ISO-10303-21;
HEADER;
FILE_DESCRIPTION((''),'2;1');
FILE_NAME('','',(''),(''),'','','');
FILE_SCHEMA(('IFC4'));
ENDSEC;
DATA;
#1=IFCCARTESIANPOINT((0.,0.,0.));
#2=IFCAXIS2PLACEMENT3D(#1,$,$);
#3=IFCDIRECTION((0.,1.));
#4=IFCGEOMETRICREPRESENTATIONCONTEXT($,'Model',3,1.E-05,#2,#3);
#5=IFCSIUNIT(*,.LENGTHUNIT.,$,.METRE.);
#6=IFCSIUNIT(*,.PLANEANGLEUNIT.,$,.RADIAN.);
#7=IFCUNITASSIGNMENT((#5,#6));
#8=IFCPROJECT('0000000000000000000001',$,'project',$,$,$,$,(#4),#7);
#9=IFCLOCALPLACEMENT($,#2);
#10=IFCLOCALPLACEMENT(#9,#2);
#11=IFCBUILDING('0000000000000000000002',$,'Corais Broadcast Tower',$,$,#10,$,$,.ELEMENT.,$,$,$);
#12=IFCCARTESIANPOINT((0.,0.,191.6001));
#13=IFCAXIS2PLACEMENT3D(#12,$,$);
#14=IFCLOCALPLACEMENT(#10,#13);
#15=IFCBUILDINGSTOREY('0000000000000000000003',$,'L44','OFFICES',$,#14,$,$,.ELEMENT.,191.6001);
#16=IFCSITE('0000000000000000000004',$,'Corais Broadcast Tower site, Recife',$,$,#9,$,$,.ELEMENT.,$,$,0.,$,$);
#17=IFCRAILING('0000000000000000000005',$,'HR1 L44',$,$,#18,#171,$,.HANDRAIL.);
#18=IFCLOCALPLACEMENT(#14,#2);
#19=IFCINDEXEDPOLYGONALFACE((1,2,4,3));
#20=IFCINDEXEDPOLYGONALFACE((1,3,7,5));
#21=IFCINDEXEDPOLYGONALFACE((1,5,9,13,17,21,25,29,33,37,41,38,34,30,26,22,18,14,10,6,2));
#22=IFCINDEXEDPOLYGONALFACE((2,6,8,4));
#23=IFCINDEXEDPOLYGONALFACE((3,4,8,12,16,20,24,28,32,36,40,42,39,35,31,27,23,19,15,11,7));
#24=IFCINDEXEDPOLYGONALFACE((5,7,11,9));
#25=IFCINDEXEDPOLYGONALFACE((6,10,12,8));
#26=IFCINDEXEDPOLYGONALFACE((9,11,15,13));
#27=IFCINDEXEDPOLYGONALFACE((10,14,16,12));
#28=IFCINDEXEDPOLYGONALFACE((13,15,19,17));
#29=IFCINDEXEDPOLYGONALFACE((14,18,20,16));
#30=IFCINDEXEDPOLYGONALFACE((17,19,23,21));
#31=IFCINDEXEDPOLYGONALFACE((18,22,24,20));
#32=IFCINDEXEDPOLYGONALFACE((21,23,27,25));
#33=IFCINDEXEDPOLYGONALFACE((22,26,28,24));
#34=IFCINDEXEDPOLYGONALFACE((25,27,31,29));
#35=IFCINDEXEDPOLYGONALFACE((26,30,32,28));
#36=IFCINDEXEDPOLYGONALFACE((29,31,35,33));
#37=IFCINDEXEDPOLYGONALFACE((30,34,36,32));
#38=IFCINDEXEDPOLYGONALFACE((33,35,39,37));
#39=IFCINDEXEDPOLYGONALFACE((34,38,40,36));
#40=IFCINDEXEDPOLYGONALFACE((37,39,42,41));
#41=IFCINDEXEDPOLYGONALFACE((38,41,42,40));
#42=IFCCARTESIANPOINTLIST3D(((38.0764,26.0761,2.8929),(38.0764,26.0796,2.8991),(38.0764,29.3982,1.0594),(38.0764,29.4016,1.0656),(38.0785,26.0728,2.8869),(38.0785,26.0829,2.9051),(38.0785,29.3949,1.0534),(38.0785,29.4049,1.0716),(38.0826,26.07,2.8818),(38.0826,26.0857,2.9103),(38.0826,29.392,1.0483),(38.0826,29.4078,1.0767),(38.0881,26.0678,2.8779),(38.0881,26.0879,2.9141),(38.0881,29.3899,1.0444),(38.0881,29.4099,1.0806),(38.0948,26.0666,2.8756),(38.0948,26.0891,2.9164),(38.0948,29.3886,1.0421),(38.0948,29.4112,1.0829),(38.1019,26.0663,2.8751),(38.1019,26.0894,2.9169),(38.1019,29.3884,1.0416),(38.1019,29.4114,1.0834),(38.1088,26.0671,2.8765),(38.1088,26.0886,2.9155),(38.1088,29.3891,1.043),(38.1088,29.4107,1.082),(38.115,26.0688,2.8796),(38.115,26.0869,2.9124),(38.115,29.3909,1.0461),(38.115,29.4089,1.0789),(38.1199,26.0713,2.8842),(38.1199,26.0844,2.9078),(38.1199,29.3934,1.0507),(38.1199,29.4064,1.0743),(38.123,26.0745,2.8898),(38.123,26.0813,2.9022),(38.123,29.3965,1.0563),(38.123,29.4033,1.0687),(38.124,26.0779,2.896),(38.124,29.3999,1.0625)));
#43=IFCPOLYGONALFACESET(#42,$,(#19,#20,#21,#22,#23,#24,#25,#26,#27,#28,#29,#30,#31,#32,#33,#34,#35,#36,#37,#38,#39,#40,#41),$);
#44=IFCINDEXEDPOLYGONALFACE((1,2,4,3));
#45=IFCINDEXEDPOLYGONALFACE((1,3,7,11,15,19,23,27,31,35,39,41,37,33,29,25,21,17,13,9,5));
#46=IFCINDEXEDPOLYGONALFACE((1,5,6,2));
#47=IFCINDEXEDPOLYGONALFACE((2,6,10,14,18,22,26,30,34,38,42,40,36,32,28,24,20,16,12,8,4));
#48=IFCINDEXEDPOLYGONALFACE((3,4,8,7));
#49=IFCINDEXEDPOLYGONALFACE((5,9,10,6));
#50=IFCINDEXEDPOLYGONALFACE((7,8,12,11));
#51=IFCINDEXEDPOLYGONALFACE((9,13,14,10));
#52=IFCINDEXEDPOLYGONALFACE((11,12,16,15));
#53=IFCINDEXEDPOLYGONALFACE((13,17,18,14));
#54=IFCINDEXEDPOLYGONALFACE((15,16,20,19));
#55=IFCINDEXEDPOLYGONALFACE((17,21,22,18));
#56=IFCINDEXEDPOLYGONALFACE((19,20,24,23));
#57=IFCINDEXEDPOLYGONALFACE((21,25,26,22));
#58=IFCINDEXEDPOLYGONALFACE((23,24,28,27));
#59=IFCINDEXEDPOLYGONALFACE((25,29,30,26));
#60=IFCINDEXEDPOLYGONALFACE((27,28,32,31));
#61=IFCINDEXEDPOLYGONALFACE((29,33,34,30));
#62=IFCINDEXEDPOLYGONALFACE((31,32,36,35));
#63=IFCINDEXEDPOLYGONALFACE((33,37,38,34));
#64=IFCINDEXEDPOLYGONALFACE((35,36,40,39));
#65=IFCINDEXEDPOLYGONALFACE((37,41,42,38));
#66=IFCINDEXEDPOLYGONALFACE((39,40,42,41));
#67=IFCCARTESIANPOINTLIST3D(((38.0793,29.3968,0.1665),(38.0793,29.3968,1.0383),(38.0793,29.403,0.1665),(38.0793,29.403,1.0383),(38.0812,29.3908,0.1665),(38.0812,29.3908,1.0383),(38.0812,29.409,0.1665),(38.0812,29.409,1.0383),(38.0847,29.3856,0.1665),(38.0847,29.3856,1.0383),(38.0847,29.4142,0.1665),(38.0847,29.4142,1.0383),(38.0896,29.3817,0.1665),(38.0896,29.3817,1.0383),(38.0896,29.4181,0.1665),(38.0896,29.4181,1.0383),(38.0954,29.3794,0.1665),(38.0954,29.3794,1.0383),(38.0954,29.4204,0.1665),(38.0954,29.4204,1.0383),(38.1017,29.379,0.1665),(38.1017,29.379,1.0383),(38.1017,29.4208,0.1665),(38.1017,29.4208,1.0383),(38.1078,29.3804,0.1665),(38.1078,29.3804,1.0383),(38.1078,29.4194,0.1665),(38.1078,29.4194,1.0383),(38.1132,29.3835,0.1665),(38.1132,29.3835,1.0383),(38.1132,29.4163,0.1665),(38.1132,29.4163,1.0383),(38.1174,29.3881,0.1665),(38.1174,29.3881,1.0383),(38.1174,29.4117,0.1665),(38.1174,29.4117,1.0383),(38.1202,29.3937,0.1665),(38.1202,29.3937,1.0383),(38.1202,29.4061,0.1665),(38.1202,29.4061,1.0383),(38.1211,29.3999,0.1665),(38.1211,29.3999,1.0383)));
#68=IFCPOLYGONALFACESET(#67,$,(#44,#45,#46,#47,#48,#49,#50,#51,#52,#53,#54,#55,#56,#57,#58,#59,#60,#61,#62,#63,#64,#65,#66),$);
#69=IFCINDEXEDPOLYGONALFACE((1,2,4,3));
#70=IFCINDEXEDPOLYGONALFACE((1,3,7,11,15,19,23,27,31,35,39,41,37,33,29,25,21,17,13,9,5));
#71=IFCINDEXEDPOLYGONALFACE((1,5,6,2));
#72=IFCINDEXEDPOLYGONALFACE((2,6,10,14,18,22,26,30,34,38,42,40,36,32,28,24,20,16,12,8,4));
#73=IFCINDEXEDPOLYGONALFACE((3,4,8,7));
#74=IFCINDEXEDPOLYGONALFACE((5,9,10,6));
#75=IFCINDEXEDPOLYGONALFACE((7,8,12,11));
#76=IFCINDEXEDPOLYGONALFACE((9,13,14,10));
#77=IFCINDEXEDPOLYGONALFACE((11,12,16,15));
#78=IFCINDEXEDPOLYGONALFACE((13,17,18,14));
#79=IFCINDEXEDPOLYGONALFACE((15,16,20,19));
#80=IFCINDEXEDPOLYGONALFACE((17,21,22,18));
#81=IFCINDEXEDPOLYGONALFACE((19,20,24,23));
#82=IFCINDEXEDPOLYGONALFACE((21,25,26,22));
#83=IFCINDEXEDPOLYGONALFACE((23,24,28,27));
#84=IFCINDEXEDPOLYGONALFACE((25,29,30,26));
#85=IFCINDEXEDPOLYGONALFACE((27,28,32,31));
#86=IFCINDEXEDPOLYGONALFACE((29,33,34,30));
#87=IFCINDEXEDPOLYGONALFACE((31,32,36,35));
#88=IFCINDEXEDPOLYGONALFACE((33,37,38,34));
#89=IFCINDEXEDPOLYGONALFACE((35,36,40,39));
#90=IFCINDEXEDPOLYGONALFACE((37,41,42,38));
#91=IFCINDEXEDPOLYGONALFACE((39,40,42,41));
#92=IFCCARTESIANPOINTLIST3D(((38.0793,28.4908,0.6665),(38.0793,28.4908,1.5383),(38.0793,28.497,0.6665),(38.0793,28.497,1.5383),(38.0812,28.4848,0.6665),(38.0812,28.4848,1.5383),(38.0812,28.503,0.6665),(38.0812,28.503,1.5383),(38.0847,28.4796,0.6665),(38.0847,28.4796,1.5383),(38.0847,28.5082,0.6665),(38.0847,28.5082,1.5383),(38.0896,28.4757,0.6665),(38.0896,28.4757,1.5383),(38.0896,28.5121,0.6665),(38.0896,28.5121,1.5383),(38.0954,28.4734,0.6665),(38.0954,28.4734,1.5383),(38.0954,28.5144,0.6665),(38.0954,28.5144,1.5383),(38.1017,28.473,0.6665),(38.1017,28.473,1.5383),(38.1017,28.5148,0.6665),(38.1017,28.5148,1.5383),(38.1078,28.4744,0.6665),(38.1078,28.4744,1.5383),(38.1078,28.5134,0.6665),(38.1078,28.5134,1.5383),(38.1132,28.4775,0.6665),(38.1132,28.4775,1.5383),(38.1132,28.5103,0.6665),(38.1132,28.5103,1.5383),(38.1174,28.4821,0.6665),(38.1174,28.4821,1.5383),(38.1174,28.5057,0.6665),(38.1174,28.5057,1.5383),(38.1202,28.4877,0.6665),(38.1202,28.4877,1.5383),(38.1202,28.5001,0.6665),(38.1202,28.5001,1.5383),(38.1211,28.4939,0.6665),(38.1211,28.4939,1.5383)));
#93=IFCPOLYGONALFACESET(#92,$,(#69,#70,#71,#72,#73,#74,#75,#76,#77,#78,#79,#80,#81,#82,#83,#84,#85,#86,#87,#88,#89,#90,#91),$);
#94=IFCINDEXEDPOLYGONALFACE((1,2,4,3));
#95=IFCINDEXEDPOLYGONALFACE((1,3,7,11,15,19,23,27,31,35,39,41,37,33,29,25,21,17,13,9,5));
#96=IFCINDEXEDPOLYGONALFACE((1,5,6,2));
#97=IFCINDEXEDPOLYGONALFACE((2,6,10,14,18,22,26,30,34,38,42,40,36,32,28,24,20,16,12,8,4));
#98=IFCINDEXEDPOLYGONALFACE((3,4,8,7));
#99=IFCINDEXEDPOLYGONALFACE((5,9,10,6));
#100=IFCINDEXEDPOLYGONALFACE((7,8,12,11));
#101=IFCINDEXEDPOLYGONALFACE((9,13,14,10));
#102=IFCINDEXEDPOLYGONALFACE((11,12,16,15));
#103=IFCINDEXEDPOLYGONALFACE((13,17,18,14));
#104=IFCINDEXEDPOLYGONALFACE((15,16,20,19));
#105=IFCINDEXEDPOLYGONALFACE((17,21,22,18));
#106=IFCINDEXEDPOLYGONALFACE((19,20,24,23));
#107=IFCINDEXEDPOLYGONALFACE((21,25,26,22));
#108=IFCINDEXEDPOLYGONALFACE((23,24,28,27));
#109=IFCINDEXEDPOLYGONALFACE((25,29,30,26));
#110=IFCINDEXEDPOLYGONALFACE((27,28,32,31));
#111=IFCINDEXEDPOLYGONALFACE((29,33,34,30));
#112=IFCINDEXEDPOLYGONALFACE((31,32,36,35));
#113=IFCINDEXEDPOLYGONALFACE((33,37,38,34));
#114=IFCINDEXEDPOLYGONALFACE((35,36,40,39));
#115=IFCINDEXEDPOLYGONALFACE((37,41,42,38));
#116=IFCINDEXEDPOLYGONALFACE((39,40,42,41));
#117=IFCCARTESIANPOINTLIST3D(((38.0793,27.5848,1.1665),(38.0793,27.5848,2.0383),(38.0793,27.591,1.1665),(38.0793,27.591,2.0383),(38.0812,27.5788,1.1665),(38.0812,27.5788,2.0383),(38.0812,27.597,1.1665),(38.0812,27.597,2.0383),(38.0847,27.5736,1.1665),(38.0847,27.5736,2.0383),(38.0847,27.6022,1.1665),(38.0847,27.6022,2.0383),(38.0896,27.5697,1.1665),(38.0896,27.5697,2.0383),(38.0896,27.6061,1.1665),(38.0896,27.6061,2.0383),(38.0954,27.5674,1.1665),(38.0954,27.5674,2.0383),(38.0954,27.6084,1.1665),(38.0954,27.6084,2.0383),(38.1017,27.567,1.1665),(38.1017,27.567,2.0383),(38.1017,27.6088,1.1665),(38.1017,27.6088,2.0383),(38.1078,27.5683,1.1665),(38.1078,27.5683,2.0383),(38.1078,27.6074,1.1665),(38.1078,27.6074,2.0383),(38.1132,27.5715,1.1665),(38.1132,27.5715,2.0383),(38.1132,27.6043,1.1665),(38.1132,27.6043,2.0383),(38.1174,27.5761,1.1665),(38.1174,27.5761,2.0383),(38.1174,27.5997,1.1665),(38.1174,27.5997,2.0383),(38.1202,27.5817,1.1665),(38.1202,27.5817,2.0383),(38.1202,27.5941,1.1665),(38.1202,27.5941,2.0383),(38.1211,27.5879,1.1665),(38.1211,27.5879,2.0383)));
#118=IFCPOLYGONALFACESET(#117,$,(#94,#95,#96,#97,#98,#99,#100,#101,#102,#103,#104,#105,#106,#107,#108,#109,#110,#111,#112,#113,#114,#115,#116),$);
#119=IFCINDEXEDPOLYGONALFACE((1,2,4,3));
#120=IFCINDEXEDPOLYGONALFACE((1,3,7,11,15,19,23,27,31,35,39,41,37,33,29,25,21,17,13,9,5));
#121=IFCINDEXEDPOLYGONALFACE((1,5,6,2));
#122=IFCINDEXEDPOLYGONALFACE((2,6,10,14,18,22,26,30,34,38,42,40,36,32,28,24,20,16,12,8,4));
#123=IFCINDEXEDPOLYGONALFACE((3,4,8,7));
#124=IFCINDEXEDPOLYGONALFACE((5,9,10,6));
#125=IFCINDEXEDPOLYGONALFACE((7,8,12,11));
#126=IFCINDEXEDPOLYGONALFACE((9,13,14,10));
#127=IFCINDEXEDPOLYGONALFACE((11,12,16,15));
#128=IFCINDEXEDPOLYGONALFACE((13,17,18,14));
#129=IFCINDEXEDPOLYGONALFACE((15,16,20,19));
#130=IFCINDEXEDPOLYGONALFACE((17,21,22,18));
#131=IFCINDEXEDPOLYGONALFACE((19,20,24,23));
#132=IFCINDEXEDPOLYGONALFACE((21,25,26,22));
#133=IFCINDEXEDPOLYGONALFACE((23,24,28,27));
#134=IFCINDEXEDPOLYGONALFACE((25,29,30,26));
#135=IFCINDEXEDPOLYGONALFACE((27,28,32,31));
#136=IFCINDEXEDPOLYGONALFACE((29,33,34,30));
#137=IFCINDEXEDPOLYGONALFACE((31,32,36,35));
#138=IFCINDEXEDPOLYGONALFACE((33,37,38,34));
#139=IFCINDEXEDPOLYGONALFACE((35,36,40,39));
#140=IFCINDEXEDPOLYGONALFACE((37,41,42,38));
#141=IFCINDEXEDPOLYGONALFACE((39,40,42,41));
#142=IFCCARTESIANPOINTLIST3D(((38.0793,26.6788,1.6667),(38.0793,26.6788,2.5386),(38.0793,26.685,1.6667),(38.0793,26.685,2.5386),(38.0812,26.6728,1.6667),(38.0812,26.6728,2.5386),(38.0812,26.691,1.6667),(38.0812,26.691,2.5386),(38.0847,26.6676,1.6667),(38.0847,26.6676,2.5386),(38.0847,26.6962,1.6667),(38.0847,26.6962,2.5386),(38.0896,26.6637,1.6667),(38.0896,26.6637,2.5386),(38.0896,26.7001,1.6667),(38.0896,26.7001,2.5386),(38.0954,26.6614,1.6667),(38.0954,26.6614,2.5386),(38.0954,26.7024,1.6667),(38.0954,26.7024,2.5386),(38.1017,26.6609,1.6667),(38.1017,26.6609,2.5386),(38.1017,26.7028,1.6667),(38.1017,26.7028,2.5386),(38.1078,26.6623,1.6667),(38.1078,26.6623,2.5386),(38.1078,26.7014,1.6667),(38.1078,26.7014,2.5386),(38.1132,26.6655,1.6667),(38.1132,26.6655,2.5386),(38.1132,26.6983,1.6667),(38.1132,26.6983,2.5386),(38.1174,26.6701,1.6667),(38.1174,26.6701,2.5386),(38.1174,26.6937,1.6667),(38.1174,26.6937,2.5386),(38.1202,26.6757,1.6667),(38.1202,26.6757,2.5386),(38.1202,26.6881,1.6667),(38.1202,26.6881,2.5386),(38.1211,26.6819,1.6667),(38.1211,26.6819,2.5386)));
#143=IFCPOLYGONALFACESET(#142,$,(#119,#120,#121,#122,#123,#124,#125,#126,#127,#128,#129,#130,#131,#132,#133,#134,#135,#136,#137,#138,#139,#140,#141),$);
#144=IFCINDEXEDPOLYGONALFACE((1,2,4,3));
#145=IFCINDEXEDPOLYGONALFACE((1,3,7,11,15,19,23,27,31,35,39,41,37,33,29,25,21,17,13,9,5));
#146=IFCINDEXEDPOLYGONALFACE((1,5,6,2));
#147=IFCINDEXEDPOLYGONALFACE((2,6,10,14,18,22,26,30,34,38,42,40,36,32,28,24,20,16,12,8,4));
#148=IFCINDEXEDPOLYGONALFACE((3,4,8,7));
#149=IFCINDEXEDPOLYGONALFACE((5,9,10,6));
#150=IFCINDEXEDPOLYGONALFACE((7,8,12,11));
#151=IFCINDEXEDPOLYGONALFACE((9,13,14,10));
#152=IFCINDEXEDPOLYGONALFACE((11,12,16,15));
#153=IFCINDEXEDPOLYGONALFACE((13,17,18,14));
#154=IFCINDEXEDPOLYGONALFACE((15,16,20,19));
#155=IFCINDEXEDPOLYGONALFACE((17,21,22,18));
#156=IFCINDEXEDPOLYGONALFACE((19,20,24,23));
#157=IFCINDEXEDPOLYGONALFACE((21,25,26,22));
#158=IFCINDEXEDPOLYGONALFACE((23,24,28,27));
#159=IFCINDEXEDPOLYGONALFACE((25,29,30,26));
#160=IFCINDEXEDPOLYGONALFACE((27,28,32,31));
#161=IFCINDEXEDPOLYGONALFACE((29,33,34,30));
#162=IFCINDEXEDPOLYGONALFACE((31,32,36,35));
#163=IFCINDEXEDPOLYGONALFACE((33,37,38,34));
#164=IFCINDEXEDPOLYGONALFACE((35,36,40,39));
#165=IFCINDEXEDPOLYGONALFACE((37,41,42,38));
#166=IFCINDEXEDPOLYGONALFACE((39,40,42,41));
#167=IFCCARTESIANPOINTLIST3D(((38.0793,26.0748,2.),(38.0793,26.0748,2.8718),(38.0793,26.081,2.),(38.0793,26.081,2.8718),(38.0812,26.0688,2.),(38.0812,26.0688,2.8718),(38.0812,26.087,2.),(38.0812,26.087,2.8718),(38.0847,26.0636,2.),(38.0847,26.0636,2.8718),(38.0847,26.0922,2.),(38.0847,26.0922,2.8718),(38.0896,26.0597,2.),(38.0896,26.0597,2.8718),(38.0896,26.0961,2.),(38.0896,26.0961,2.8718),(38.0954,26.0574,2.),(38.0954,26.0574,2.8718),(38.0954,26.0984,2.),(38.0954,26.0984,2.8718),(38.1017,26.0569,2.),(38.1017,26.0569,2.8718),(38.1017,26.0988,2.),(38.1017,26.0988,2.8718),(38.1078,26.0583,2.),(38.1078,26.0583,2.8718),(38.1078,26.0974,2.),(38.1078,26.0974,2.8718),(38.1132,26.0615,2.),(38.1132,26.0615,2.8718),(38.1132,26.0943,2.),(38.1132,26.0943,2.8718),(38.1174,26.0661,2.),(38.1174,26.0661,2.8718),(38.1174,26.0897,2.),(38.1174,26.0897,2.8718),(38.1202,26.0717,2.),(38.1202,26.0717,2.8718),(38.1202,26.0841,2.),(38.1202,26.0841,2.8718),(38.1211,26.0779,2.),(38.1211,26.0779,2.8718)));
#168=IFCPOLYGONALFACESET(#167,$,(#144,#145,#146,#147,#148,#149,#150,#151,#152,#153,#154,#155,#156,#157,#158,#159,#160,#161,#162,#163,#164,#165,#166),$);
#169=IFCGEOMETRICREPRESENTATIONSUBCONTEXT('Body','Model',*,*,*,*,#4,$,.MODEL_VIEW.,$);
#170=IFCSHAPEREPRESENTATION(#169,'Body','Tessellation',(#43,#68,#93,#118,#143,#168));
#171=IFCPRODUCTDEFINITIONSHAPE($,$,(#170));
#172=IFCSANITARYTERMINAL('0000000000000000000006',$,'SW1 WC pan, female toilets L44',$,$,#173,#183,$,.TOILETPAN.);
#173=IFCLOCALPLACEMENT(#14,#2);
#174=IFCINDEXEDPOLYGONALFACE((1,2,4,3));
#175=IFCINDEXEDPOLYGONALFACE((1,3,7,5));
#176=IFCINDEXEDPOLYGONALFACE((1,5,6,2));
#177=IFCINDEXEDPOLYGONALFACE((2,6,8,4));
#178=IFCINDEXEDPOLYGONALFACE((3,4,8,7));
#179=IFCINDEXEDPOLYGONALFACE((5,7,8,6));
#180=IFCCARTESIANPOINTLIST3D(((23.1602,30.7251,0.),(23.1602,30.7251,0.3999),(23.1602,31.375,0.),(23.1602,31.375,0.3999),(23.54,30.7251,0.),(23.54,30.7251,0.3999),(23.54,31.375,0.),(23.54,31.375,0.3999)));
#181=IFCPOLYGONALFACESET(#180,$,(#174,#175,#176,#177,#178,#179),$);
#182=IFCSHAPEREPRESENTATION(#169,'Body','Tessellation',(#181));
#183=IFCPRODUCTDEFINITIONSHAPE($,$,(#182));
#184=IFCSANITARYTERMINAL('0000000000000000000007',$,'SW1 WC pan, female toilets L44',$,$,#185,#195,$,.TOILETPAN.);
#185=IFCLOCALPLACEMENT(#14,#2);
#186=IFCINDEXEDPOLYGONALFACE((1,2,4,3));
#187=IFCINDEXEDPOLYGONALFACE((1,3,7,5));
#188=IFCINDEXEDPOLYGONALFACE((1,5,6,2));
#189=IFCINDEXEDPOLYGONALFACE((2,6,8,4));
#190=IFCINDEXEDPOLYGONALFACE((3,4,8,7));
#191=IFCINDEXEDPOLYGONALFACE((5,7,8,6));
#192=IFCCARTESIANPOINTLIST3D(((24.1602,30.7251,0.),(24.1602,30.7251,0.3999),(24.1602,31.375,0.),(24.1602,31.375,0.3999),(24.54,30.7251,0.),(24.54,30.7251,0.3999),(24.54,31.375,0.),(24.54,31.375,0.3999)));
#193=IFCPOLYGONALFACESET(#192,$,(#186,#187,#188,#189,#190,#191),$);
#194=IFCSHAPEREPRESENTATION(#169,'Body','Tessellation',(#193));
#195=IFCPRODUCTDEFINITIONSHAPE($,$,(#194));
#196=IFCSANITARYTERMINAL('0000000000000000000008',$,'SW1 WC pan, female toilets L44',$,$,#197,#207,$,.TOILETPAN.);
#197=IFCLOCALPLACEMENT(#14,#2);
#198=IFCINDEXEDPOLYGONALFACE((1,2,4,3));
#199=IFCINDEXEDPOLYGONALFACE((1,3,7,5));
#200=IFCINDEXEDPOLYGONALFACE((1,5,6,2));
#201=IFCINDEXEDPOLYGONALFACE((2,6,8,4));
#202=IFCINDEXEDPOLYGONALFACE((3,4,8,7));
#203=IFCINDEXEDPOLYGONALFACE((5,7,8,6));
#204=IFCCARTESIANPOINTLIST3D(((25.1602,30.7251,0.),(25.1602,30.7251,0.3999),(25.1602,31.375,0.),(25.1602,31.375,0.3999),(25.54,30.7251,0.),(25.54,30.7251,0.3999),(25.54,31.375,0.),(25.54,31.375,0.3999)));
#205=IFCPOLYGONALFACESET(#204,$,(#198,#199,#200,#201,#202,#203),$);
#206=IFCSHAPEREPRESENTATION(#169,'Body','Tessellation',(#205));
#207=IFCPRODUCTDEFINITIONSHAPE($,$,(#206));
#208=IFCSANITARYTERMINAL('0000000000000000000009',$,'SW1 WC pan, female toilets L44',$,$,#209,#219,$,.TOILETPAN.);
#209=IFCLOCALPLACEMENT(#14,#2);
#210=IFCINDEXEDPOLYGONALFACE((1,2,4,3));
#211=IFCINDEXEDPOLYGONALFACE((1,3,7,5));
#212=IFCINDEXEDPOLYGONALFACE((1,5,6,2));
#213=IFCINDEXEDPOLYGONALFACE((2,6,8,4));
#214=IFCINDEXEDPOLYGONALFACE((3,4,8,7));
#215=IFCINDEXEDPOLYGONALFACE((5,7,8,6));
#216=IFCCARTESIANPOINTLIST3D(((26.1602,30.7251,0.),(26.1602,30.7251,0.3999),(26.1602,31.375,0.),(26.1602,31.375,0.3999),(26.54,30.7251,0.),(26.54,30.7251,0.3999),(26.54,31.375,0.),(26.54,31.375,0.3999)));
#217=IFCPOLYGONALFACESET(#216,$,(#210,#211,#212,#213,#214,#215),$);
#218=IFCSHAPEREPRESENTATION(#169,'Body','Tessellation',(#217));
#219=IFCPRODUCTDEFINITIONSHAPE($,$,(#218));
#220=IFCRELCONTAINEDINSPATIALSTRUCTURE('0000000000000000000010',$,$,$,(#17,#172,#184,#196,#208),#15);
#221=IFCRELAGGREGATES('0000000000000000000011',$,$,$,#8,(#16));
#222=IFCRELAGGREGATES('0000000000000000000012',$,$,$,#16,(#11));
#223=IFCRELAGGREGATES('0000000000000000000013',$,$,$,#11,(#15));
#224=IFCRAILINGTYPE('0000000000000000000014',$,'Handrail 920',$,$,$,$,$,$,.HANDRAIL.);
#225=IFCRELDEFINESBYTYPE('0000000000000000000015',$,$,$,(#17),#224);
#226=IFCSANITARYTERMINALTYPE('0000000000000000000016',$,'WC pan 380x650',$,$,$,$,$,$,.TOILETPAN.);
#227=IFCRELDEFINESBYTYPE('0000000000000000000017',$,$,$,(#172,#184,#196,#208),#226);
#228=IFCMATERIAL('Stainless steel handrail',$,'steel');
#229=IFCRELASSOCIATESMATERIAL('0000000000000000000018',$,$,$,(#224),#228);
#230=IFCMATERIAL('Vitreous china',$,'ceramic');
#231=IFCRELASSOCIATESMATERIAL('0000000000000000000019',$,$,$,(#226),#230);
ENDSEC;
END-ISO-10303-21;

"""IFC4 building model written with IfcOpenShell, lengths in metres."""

from ifc_helpers import new_model, si_unit, direction, frame, origin, origin_2d, place, context, subcontext, project, spatial, rectangle, circle, extrude, material, type_object, element, save


model = new_model("IFC4")

# Units and contexts
model_context = context("Model", 3, precision=1e-05, world=origin(), true_north=direction((0.0, 1.0)))
body_context = subcontext(model_context, "Body", "Model", "MODEL_VIEW")
ifc_project = project(units=[si_unit("LENGTHUNIT", "METRE"), si_unit("PLANEANGLEUNIT", "RADIAN")], contexts=[model_context])

# Site, building, storey
site_placement = place(None, origin())
site = spatial("IfcSite", under=ifc_project, at=site_placement, Name="Corais Broadcast Tower site, Recife", CompositionType="ELEMENT", RefElevation=0.0)
building_placement = place(site_placement, origin())
building = spatial("IfcBuilding", under=site, at=building_placement, Name="Corais Broadcast Tower", CompositionType="ELEMENT")
storey_placement = place(building_placement, frame((0.0, 0.0, 191.6001)))
storey = spatial("IfcBuildingStorey", under=building, at=storey_placement, Name="L44", Description="OFFICES", CompositionType="ELEMENT", Elevation=191.6001)

# Railing
ifc_material_1 = material(Name="Stainless steel handrail", Category="steel")
railing_type = type_object("IfcRailingType", Name="Handrail 920", PredefinedType="HANDRAIL", material=ifc_material_1)
for number, where, name in (
    (1, (38.1001, 29.3999, 0.1665), "HR1 L44"),
):
    element("IfcRailing", number, at=place(storey_placement, frame(where)), inside=storey, type_object=railing_type, Name=name, PredefinedType="HANDRAIL", context=body_context, shape_type="SweptSolid", body=[
        extrude(circle(Radius=0.0239, at=origin_2d()), frame((0.0, 0.0, 0.896), z_axis=(0.0, -0.875504, 0.48321), x_axis=(1.0, 0.0, 0.0)), (0.0, 0.0, 1.0), 3.7944),
        extrude(circle(Radius=0.021, at=origin_2d()), origin(), (0.0, 0.0, 1.0), 0.8718),
        extrude(circle(Radius=0.021, at=origin_2d()), frame((0.0, -0.906, 0.5)), (0.0, 0.0, 1.0), 0.8718),
        extrude(circle(Radius=0.021, at=origin_2d()), frame((0.0, -1.812, 1.0)), (0.0, 0.0, 1.0), 0.8718),
        extrude(circle(Radius=0.021, at=origin_2d()), frame((0.0, -2.718, 1.5002)), (0.0, 0.0, 1.0), 0.8718),
        extrude(circle(Radius=0.021, at=origin_2d()), frame((0.0, -3.322, 1.8335)), (0.0, 0.0, 1.0), 0.8718),
    ])

# Sanitary terminals
ifc_material_2 = material(Name="Vitreous china", Category="ceramic")
sanitary_terminal_type = type_object("IfcSanitaryTerminalType", Name="WC pan 380x650", PredefinedType="TOILETPAN", material=ifc_material_2)
for number, where, z_axis, x_axis, name in (
    (2, (23.3501, 31.05, 0.0), (0.0, 0.0, 1.0), (1.0, 0.0, 0.0), "SW1 WC pan, female toilets L44"),
    (3, (24.3501, 31.05, 0.0), (0.0, 0.0, 1.0), (1.0, 0.0, 0.0), "SW1 WC pan, female toilets L44"),
    (4, (25.3501, 31.05, 0.0), (0.0, 0.0, 1.0), (1.0, 0.0, 0.0), "SW1 WC pan, female toilets L44"),
    (5, (26.3501, 31.05, 0.0), (0.0, 0.0, 1.0), (1.0, 0.0, 0.0), "SW1 WC pan, female toilets L44"),
):
    element("IfcSanitaryTerminal", number, at=place(storey_placement, frame(where, z_axis=z_axis, x_axis=x_axis)), inside=storey, type_object=sanitary_terminal_type, Name=name, PredefinedType="TOILETPAN", context=body_context, shape_type="SweptSolid", body=[
        extrude(rectangle(XDim=0.3799, YDim=0.6499, at=origin_2d()), origin(), (0.0, 0.0, 1.0), 0.3999),
    ])

save(model, "model.ifc")
